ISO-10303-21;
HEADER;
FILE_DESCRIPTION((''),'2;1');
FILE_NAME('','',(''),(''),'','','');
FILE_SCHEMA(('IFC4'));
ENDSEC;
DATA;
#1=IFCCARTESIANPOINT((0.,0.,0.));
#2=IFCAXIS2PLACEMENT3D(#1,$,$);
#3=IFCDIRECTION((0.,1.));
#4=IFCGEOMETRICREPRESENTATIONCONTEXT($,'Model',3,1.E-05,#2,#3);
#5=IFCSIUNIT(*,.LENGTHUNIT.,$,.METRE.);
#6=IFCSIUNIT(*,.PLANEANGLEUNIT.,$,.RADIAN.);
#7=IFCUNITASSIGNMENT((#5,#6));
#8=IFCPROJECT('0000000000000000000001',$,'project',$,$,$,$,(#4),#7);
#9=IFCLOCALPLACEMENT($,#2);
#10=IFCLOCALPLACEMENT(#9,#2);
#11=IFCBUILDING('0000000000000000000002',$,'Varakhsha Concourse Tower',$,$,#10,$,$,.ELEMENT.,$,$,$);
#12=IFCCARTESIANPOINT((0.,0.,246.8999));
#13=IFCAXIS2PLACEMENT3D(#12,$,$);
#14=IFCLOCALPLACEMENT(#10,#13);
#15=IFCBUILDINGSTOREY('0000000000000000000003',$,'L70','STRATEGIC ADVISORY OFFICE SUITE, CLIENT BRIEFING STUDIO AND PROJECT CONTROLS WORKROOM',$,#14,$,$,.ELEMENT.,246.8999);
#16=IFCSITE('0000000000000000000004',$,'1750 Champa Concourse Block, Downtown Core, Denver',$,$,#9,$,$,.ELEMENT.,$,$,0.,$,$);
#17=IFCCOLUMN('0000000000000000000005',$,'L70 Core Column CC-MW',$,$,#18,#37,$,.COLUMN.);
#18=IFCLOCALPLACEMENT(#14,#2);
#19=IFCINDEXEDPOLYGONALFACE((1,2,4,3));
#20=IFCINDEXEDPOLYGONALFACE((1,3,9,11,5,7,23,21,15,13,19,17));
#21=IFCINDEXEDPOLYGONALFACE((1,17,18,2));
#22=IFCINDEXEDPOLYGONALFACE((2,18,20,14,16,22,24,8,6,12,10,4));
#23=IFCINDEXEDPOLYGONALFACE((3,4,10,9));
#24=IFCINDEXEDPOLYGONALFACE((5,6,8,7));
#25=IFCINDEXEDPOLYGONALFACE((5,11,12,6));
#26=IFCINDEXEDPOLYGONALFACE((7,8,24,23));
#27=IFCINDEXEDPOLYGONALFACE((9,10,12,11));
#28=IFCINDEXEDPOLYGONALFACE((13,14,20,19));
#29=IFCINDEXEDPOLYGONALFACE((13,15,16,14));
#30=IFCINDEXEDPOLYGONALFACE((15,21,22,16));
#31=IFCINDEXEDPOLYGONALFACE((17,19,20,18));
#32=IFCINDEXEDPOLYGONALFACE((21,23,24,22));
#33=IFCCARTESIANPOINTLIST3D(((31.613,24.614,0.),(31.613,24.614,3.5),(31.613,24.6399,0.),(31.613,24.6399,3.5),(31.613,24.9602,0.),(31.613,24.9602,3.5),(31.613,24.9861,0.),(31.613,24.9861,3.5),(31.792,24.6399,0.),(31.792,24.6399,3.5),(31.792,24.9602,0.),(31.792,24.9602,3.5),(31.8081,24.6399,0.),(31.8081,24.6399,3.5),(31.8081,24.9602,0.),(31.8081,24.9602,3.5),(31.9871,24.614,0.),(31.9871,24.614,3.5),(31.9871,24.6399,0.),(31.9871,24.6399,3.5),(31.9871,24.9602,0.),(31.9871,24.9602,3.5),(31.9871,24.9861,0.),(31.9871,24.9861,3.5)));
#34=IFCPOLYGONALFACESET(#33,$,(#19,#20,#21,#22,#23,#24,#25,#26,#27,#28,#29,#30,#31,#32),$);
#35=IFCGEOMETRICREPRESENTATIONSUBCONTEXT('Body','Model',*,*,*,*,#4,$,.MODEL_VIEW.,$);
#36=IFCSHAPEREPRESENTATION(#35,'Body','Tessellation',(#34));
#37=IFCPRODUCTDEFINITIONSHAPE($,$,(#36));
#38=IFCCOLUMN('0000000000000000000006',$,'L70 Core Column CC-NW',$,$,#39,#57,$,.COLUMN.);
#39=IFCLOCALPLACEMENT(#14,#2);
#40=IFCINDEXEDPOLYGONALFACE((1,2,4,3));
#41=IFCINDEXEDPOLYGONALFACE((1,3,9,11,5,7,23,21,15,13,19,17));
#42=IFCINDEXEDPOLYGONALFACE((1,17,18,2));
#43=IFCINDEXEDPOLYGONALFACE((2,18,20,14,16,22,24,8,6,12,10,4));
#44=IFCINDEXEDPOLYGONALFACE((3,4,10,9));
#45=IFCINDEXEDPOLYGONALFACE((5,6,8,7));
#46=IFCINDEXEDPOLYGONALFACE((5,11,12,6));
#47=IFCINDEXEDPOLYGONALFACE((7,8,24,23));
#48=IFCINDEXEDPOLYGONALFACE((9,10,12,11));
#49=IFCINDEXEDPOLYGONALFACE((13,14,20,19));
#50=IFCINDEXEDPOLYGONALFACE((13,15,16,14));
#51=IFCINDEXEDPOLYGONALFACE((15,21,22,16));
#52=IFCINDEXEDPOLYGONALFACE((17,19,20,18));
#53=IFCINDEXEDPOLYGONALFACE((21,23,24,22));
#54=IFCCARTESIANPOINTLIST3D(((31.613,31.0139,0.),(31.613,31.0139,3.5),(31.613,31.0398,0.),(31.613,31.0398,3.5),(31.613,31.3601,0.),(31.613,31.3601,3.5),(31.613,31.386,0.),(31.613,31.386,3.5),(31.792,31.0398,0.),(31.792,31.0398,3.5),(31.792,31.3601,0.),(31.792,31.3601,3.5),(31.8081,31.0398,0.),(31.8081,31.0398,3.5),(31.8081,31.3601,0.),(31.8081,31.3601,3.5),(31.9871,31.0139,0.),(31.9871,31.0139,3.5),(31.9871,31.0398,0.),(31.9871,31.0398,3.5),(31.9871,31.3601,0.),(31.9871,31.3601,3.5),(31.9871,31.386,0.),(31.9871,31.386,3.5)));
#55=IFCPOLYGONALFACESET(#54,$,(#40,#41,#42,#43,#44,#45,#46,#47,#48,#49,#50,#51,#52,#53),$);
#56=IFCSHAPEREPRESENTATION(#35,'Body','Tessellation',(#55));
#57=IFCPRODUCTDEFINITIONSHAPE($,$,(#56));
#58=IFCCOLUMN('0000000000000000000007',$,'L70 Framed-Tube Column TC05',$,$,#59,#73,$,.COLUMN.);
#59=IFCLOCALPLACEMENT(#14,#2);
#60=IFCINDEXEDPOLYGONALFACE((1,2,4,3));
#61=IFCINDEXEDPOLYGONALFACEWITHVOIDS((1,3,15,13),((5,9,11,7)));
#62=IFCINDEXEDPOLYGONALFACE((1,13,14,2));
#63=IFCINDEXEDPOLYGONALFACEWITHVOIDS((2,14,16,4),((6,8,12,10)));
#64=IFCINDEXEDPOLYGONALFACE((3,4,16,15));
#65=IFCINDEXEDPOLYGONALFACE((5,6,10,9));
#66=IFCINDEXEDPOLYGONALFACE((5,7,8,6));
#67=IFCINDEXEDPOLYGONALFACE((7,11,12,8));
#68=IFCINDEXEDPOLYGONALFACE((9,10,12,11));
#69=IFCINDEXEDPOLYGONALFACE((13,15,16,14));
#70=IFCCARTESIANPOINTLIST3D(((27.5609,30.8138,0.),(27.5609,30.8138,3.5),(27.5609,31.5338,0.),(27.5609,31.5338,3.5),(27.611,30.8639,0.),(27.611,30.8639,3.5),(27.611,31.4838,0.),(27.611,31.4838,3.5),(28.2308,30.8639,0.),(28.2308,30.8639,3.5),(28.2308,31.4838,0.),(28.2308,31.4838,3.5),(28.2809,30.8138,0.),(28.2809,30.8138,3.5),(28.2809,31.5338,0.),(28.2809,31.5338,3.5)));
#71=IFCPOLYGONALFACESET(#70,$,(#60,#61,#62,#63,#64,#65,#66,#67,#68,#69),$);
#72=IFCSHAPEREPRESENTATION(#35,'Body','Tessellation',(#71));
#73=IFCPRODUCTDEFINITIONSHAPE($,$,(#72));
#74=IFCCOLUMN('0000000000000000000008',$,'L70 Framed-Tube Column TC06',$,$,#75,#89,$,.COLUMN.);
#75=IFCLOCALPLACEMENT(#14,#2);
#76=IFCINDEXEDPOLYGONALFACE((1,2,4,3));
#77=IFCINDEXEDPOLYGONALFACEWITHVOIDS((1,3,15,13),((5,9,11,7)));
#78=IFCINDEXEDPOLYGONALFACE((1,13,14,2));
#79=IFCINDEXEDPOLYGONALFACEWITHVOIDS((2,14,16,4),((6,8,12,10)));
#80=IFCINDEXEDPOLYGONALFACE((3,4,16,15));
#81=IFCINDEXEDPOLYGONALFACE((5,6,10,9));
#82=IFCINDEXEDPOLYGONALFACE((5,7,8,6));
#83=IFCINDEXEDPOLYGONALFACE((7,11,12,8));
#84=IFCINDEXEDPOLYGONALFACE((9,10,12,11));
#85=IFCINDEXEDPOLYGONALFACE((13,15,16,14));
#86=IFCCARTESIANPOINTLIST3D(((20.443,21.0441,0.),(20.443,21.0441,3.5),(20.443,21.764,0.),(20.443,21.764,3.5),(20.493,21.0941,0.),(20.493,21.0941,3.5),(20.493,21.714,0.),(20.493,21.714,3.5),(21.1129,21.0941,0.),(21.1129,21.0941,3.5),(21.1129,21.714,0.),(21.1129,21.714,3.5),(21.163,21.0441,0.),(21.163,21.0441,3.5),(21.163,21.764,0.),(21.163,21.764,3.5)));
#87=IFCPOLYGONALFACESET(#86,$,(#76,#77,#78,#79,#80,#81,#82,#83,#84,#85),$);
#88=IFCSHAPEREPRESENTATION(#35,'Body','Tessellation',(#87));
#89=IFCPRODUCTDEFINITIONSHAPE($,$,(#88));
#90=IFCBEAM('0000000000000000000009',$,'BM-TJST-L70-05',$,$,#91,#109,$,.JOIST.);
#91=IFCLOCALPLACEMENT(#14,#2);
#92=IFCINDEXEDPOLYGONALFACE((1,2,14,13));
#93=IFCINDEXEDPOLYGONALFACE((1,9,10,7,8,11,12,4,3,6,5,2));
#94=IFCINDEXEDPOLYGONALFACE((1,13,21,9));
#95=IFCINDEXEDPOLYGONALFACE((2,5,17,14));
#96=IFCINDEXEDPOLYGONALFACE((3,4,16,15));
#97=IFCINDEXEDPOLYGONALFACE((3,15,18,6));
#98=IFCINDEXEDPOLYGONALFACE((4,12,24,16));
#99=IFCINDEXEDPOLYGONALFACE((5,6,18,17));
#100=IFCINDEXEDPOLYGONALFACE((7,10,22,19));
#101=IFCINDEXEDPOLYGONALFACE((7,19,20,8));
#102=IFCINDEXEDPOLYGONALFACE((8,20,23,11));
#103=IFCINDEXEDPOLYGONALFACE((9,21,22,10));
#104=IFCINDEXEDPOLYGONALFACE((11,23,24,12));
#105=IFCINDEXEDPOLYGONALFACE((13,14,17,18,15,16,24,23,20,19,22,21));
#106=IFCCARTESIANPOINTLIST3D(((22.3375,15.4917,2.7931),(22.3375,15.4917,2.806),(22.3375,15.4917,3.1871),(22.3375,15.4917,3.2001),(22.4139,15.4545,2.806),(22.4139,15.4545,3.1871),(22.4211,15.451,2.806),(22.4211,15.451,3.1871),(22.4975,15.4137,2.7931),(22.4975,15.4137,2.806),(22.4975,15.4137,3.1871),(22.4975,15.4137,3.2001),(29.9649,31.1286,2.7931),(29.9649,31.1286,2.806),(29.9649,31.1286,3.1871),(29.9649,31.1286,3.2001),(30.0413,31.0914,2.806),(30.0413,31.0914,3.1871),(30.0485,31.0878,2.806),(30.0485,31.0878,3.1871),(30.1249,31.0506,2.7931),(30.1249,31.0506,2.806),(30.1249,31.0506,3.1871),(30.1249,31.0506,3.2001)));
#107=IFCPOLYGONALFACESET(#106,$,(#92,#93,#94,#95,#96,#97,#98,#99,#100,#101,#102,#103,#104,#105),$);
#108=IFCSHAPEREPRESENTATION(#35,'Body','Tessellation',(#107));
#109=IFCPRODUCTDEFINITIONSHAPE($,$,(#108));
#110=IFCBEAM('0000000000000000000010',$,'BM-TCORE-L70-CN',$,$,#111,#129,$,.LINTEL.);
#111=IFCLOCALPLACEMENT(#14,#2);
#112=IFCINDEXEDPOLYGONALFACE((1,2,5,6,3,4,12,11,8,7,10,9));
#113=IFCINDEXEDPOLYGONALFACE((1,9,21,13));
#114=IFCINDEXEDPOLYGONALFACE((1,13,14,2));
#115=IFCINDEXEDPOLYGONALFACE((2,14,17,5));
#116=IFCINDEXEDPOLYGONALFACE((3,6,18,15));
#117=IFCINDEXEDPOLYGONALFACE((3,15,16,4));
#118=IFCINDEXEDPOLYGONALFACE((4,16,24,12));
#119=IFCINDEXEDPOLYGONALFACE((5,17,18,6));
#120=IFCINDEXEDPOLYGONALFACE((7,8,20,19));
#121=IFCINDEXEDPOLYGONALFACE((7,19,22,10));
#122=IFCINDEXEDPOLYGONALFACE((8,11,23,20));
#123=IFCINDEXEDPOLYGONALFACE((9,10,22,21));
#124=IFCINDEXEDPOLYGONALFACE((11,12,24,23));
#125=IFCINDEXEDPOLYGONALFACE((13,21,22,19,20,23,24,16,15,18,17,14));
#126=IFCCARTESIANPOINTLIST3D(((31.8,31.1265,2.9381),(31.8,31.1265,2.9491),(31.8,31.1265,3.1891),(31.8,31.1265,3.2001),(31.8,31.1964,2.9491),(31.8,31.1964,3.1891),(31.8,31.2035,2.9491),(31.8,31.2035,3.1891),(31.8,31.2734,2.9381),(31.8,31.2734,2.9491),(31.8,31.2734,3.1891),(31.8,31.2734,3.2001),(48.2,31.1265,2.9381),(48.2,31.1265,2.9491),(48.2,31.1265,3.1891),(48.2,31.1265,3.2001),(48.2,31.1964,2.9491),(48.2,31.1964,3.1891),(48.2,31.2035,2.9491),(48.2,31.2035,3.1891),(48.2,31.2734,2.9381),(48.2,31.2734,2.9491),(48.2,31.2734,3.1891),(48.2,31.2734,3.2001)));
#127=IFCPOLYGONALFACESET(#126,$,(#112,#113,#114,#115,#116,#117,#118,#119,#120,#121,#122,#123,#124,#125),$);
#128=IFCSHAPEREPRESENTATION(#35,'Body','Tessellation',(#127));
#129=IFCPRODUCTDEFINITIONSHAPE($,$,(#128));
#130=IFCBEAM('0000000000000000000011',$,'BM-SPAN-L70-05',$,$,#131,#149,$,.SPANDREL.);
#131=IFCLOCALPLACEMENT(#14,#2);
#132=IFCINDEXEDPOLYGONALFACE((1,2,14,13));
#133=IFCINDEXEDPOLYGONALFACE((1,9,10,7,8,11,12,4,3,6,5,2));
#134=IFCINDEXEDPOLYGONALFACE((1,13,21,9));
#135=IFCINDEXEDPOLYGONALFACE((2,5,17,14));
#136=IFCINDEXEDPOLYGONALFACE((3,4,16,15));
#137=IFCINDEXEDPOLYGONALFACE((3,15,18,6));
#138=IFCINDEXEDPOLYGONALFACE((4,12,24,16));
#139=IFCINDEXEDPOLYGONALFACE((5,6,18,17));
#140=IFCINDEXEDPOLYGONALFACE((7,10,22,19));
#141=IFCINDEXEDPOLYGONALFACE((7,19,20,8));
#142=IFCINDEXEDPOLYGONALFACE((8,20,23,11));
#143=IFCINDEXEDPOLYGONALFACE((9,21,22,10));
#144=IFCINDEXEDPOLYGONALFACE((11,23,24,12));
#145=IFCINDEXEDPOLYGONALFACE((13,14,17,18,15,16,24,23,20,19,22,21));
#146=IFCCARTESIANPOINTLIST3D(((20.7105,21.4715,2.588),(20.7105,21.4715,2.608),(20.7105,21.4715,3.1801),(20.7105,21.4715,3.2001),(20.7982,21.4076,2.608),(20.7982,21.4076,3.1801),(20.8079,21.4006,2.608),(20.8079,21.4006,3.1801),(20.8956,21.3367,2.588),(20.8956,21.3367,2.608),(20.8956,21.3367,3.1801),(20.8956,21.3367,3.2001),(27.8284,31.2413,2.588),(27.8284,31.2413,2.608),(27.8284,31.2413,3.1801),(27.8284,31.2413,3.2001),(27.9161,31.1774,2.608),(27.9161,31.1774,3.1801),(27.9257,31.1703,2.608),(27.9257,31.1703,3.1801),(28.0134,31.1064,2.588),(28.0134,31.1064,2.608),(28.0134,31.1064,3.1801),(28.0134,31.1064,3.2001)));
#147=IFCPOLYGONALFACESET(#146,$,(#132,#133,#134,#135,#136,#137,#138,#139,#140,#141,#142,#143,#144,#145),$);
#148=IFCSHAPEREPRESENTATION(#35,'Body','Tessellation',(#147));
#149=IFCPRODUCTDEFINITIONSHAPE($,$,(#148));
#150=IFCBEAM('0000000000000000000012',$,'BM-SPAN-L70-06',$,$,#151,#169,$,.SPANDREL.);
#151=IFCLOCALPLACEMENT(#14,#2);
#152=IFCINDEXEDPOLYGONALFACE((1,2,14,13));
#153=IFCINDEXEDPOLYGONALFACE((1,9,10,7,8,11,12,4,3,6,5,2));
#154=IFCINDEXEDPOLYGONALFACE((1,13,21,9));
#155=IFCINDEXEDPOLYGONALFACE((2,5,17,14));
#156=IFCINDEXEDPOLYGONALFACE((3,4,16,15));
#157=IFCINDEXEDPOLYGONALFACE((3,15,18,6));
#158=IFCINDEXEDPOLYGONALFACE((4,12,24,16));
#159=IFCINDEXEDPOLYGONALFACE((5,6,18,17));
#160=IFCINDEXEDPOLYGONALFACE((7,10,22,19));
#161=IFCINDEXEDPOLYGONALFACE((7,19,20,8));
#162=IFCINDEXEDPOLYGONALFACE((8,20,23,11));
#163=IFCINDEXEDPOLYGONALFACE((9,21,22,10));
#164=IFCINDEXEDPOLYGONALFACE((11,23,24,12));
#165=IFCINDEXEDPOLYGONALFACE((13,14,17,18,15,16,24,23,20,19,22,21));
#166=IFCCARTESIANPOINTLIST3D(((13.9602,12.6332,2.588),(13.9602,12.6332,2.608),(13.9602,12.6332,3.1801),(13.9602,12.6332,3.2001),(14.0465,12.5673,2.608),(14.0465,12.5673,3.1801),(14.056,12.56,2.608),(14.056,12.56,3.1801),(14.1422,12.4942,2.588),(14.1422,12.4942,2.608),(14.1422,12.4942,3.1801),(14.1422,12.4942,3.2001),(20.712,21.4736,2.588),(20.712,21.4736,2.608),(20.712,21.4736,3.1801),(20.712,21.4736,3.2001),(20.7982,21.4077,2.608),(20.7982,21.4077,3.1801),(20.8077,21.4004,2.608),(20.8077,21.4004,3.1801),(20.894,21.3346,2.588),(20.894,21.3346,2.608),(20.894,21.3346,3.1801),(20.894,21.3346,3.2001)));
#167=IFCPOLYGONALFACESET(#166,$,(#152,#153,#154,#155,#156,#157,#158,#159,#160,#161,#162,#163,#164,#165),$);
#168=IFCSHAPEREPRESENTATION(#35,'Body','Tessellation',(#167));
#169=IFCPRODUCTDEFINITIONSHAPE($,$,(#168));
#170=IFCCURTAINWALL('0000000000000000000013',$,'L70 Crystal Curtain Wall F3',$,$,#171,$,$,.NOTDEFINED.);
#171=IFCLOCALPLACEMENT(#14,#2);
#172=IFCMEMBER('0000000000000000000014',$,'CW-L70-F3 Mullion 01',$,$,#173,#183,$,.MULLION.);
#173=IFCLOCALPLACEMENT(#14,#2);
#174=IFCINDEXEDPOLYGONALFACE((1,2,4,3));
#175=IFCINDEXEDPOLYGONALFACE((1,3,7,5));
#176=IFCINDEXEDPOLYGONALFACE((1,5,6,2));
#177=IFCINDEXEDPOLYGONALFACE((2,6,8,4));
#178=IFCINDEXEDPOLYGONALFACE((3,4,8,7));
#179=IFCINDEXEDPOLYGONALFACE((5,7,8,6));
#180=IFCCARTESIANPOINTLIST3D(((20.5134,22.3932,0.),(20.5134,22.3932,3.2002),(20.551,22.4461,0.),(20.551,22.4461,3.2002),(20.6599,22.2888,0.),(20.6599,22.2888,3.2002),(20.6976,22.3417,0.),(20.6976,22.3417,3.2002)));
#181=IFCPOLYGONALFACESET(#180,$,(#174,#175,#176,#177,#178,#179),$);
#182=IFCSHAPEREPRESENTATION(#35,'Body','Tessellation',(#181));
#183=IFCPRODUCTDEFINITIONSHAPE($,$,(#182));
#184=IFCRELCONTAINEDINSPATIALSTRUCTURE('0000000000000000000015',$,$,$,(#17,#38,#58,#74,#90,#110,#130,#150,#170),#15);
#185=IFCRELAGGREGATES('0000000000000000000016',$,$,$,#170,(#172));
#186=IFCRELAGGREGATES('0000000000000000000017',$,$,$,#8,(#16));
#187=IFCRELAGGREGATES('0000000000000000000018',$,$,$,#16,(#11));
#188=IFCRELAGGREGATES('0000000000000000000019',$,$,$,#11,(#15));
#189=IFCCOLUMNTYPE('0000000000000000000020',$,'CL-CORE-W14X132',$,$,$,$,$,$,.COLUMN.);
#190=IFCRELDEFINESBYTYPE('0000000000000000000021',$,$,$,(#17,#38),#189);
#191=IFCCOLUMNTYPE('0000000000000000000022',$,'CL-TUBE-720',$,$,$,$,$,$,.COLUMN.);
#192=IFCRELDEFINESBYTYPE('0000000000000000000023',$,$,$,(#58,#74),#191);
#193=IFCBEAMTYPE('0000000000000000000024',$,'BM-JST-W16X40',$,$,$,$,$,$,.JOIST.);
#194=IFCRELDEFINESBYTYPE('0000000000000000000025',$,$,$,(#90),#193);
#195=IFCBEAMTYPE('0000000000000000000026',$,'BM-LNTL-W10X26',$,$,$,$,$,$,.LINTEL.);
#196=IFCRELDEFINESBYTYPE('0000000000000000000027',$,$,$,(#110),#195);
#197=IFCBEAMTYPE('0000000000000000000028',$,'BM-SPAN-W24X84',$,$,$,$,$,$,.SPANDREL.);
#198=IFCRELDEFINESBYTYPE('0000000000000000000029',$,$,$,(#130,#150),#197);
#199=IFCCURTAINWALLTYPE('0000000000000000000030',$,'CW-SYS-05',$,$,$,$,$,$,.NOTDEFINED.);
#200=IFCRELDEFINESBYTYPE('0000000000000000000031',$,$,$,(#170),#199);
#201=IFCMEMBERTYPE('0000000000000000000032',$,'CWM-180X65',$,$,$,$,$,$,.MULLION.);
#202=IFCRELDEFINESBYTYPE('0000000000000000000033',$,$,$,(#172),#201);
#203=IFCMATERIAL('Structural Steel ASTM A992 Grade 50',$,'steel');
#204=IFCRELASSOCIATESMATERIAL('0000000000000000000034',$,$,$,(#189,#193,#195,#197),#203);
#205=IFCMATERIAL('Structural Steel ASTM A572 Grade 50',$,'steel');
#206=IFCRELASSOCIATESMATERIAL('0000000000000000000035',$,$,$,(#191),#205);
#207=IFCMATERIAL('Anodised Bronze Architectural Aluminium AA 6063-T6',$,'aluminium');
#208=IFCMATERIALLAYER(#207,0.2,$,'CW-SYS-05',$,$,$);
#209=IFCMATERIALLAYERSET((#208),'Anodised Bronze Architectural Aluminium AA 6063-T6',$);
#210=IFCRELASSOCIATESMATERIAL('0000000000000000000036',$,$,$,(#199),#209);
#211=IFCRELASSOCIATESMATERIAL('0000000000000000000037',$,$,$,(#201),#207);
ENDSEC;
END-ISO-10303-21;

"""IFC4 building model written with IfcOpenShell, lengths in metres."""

from ifc_helpers import new_model, si_unit, direction, frame, origin, origin_2d, place, context, subcontext, project, spatial, rectangle, hollow_rectangle, i_section, extrude, source, transform, mapped, material, layer, layer_set, material_profile, profile_set, type_object, type_shapes, element, aggregate, save


model = new_model("IFC4")

# Units and contexts
model_context = context("Model", 3, precision=1e-05, world=origin(), true_north=direction((0.0, 1.0)))
body_context = subcontext(model_context, "Body", "Model", "MODEL_VIEW")
ifc_project = project(units=[si_unit("LENGTHUNIT", "METRE"), si_unit("PLANEANGLEUNIT", "RADIAN")], contexts=[model_context])

# Site, building, storey
site_placement = place(None, origin())
site = spatial("IfcSite", under=ifc_project, at=site_placement, Name="1750 Champa Concourse Block, Downtown Core, Denver", CompositionType="ELEMENT", RefElevation=0.0)
building_placement = place(site_placement, origin())
building = spatial("IfcBuilding", under=site, at=building_placement, Name="Varakhsha Concourse Tower", CompositionType="ELEMENT")
storey_placement = place(building_placement, frame((0.0, 0.0, 246.8999)))
storey = spatial("IfcBuildingStorey", under=building, at=storey_placement, Name="L70", Description="STRATEGIC ADVISORY OFFICE SUITE, CLIENT BRIEFING STUDIO AND PROJECT CONTROLS WORKROOM", CompositionType="ELEMENT", Elevation=246.8999)

# Columns
ifc_material_1 = material(Name="Structural Steel ASTM A992 Grade 50", Category="steel")
ifc_material_profile_1 = material_profile(ifc_material_1, i_section(OverallWidth=0.374, OverallDepth=0.3721, WebThickness=0.0161, FlangeThickness=0.0259, at=origin_2d()), Name="W14X132")
ifc_profile_set_1 = profile_set([ifc_material_profile_1], Name="Structural Steel ASTM A992 Grade 50")
column_type_1 = type_object("IfcColumnType", Name="CL-CORE-W14X132", PredefinedType="COLUMN", material=ifc_profile_set_1)
for number, where, z_axis, x_axis, name in (
    (1, (31.8, 24.8, 0.0), (0.0, 0.0, 1.0), (1.0, 0.0, 0.0), "L70 Core Column CC-MW"),
    (2, (31.8, 31.2, 0.0), (0.0, 0.0, 1.0), (1.0, 0.0, 0.0), "L70 Core Column CC-NW"),
):
    element("IfcColumn", number, at=place(storey_placement, frame(where, z_axis=z_axis, x_axis=x_axis)), inside=storey, type_object=column_type_1, Name=name, PredefinedType="COLUMN", context=body_context, shape_type="SweptSolid", body=[
        extrude(i_section(OverallWidth=0.374, OverallDepth=0.3721, WebThickness=0.0161, FlangeThickness=0.0259, at=origin_2d()), origin(), (0.0, 0.0, 1.0), 3.5),
    ])
ifc_material_2 = material(Name="Structural Steel ASTM A572 Grade 50", Category="steel")
ifc_material_profile_2 = material_profile(ifc_material_2, hollow_rectangle(XDim=0.72, YDim=0.72, WallThickness=0.05, at=origin_2d()), Name="BOX 720x720x50")
ifc_profile_set_2 = profile_set([ifc_material_profile_2], Name="Structural Steel ASTM A572 Grade 50")
column_type_2 = type_object("IfcColumnType", Name="CL-TUBE-720", PredefinedType="COLUMN", material=ifc_profile_set_2)
for number, where, z_axis, x_axis, name in (
    (3, (27.9209, 31.1738, 0.0), (0.0, 0.0, 1.0), (1.0, 0.0, 0.0), "L70 Framed-Tube Column TC05"),
    (4, (20.803, 21.4041, 0.0), (0.0, 0.0, 1.0), (1.0, 0.0, 0.0), "L70 Framed-Tube Column TC06"),
):
    element("IfcColumn", number, at=place(storey_placement, frame(where, z_axis=z_axis, x_axis=x_axis)), inside=storey, type_object=column_type_2, Name=name, PredefinedType="COLUMN", context=body_context, shape_type="SweptSolid", body=[
        extrude(hollow_rectangle(XDim=0.72, YDim=0.72, WallThickness=0.05, at=origin_2d()), origin(), (0.0, 0.0, 1.0), 3.5),
    ])

# Beams
ifc_material_profile_3 = material_profile(ifc_material_1, i_section(OverallWidth=0.178, OverallDepth=0.407, WebThickness=0.0081, FlangeThickness=0.0129, at=origin_2d()), Name="W16X40")
ifc_profile_set_3 = profile_set([ifc_material_profile_3], Name="Structural Steel ASTM A992 Grade 50")
beam_type_1 = type_object("IfcBeamType", Name="BM-JST-W16X40", PredefinedType="JOIST", material=ifc_profile_set_3)
beam_1_placement = place(storey_placement, frame((30.0449, 31.0896, 2.9966), z_axis=(-0.438408, -0.898776, 0.0), x_axis=(0.898776, -0.438408, 0.0)))
element("IfcBeam", 5, at=beam_1_placement, inside=storey, type_object=beam_type_1, Name="BM-TJST-L70-05", PredefinedType="JOIST", context=body_context, shape_type="SweptSolid", body=[
    extrude(i_section(OverallWidth=0.178, OverallDepth=0.407, WebThickness=0.0081, FlangeThickness=0.0129, at=origin_2d()), origin(), (0.0, 0.0, 1.0), 17.3979),
])
ifc_material_profile_4 = material_profile(ifc_material_1, i_section(OverallWidth=0.147, OverallDepth=0.262, WebThickness=0.0071, FlangeThickness=0.011, at=origin_2d()), Name="W10X26")
ifc_profile_set_4 = profile_set([ifc_material_profile_4], Name="Structural Steel ASTM A992 Grade 50")
beam_type_2 = type_object("IfcBeamType", Name="BM-LNTL-W10X26", PredefinedType="LINTEL", material=ifc_profile_set_4)
beam_2_placement = place(storey_placement, frame((31.8, 31.2, 3.0691), z_axis=(1.0, 0.0, 0.0), x_axis=(0.0, 1.0, 0.0)))
element("IfcBeam", 6, at=beam_2_placement, inside=storey, type_object=beam_type_2, Name="BM-TCORE-L70-CN", PredefinedType="LINTEL", context=body_context, shape_type="SweptSolid", body=[
    extrude(i_section(OverallWidth=0.147, OverallDepth=0.262, WebThickness=0.0071, FlangeThickness=0.011, at=origin_2d()), origin(), (0.0, 0.0, 1.0), 16.3999),
])
ifc_material_profile_5 = material_profile(ifc_material_1, i_section(OverallWidth=0.229, OverallDepth=0.6121, WebThickness=0.012, FlangeThickness=0.02, at=origin_2d()), Name="W24X84")
ifc_profile_set_5 = profile_set([ifc_material_profile_5], Name="Structural Steel ASTM A992 Grade 50")
beam_type_3 = type_object("IfcBeamType", Name="BM-SPAN-W24X84", PredefinedType="SPANDREL", material=ifc_profile_set_5)
beam_3_placement = place(storey_placement, frame((27.9209, 31.1738, 2.894), z_axis=(-0.588855, -0.808239, 0.0), x_axis=(0.808239, -0.588855, 0.0)))
element("IfcBeam", 7, at=beam_3_placement, inside=storey, type_object=beam_type_3, Name="BM-SPAN-L70-05", PredefinedType="SPANDREL", context=body_context, shape_type="SweptSolid", body=[
    extrude(i_section(OverallWidth=0.229, OverallDepth=0.6121, WebThickness=0.012, FlangeThickness=0.02, at=origin_2d()), origin(), (0.0, 0.0, 1.0), 12.0876),
])
beam_4_placement = place(storey_placement, frame((20.803, 21.4041, 2.894), z_axis=(-0.606965, -0.794728, 0.0), x_axis=(0.794728, -0.606965, 0.0)))
element("IfcBeam", 8, at=beam_4_placement, inside=storey, type_object=beam_type_3, Name="BM-SPAN-L70-06", PredefinedType="SPANDREL", context=body_context, shape_type="SweptSolid", body=[
    extrude(i_section(OverallWidth=0.229, OverallDepth=0.6121, WebThickness=0.012, FlangeThickness=0.02, at=origin_2d()), origin(), (0.0, 0.0, 1.0), 11.1238),
])

# Curtain wall, member
ifc_material_3 = material(Name="Anodised Bronze Architectural Aluminium AA 6063-T6", Category="aluminium")
ifc_layer_1 = layer(ifc_material_3, 0.2, Name="CW-SYS-05")
ifc_layer_set_1 = layer_set([ifc_layer_1], Name="Anodised Bronze Architectural Aluminium AA 6063-T6")
curtain_wall_type = type_object("IfcCurtainWallType", Name="CW-SYS-05", PredefinedType="NOTDEFINED", material=ifc_layer_set_1)
curtain_wall_placement = place(storey_placement, origin())
curtain_wall = element("IfcCurtainWall", 9, at=curtain_wall_placement, inside=storey, type_object=curtain_wall_type, Name="L70 Crystal Curtain Wall F3", PredefinedType="NOTDEFINED")
ifc_material_profile_6 = material_profile(ifc_material_3, rectangle(XDim=0.0649, YDim=0.1799, at=origin_2d()), Name="CWM-180X65")
ifc_profile_set_6 = profile_set([ifc_material_profile_6], Name="Anodised Bronze Architectural Aluminium AA 6063-T6")
member_type_1 = type_object("IfcMemberType", Name="CWM-180X65", PredefinedType="MULLION", material=ifc_profile_set_6)
shared_shape_1 = source(origin(), body_context, "Body", "SweptSolid", [
    extrude(rectangle(XDim=0.0649, YDim=0.1799, at=origin_2d()), origin(), (0.0, 0.0, 1.0), 3.2002),
])
type_shapes(member_type_1, [shared_shape_1])
member_1_placement = place(storey_placement, frame((20.6055, 22.3674, 0.0), z_axis=(0.0, 0.0, 1.0), x_axis=(0.580306, 0.814398, 0.0)))
member_1 = element("IfcMember", 10, at=member_1_placement, type_object=member_type_1, Name="CW-L70-F3 Mullion 01", PredefinedType="MULLION", context=body_context, shape_type="MappedRepresentation", body=[
    mapped(shared_shape_1, transform((0.0, 0.0, 0.0), scale=1.0)),
])
aggregate(curtain_wall, [member_1])

save(model, "model.ifc")
